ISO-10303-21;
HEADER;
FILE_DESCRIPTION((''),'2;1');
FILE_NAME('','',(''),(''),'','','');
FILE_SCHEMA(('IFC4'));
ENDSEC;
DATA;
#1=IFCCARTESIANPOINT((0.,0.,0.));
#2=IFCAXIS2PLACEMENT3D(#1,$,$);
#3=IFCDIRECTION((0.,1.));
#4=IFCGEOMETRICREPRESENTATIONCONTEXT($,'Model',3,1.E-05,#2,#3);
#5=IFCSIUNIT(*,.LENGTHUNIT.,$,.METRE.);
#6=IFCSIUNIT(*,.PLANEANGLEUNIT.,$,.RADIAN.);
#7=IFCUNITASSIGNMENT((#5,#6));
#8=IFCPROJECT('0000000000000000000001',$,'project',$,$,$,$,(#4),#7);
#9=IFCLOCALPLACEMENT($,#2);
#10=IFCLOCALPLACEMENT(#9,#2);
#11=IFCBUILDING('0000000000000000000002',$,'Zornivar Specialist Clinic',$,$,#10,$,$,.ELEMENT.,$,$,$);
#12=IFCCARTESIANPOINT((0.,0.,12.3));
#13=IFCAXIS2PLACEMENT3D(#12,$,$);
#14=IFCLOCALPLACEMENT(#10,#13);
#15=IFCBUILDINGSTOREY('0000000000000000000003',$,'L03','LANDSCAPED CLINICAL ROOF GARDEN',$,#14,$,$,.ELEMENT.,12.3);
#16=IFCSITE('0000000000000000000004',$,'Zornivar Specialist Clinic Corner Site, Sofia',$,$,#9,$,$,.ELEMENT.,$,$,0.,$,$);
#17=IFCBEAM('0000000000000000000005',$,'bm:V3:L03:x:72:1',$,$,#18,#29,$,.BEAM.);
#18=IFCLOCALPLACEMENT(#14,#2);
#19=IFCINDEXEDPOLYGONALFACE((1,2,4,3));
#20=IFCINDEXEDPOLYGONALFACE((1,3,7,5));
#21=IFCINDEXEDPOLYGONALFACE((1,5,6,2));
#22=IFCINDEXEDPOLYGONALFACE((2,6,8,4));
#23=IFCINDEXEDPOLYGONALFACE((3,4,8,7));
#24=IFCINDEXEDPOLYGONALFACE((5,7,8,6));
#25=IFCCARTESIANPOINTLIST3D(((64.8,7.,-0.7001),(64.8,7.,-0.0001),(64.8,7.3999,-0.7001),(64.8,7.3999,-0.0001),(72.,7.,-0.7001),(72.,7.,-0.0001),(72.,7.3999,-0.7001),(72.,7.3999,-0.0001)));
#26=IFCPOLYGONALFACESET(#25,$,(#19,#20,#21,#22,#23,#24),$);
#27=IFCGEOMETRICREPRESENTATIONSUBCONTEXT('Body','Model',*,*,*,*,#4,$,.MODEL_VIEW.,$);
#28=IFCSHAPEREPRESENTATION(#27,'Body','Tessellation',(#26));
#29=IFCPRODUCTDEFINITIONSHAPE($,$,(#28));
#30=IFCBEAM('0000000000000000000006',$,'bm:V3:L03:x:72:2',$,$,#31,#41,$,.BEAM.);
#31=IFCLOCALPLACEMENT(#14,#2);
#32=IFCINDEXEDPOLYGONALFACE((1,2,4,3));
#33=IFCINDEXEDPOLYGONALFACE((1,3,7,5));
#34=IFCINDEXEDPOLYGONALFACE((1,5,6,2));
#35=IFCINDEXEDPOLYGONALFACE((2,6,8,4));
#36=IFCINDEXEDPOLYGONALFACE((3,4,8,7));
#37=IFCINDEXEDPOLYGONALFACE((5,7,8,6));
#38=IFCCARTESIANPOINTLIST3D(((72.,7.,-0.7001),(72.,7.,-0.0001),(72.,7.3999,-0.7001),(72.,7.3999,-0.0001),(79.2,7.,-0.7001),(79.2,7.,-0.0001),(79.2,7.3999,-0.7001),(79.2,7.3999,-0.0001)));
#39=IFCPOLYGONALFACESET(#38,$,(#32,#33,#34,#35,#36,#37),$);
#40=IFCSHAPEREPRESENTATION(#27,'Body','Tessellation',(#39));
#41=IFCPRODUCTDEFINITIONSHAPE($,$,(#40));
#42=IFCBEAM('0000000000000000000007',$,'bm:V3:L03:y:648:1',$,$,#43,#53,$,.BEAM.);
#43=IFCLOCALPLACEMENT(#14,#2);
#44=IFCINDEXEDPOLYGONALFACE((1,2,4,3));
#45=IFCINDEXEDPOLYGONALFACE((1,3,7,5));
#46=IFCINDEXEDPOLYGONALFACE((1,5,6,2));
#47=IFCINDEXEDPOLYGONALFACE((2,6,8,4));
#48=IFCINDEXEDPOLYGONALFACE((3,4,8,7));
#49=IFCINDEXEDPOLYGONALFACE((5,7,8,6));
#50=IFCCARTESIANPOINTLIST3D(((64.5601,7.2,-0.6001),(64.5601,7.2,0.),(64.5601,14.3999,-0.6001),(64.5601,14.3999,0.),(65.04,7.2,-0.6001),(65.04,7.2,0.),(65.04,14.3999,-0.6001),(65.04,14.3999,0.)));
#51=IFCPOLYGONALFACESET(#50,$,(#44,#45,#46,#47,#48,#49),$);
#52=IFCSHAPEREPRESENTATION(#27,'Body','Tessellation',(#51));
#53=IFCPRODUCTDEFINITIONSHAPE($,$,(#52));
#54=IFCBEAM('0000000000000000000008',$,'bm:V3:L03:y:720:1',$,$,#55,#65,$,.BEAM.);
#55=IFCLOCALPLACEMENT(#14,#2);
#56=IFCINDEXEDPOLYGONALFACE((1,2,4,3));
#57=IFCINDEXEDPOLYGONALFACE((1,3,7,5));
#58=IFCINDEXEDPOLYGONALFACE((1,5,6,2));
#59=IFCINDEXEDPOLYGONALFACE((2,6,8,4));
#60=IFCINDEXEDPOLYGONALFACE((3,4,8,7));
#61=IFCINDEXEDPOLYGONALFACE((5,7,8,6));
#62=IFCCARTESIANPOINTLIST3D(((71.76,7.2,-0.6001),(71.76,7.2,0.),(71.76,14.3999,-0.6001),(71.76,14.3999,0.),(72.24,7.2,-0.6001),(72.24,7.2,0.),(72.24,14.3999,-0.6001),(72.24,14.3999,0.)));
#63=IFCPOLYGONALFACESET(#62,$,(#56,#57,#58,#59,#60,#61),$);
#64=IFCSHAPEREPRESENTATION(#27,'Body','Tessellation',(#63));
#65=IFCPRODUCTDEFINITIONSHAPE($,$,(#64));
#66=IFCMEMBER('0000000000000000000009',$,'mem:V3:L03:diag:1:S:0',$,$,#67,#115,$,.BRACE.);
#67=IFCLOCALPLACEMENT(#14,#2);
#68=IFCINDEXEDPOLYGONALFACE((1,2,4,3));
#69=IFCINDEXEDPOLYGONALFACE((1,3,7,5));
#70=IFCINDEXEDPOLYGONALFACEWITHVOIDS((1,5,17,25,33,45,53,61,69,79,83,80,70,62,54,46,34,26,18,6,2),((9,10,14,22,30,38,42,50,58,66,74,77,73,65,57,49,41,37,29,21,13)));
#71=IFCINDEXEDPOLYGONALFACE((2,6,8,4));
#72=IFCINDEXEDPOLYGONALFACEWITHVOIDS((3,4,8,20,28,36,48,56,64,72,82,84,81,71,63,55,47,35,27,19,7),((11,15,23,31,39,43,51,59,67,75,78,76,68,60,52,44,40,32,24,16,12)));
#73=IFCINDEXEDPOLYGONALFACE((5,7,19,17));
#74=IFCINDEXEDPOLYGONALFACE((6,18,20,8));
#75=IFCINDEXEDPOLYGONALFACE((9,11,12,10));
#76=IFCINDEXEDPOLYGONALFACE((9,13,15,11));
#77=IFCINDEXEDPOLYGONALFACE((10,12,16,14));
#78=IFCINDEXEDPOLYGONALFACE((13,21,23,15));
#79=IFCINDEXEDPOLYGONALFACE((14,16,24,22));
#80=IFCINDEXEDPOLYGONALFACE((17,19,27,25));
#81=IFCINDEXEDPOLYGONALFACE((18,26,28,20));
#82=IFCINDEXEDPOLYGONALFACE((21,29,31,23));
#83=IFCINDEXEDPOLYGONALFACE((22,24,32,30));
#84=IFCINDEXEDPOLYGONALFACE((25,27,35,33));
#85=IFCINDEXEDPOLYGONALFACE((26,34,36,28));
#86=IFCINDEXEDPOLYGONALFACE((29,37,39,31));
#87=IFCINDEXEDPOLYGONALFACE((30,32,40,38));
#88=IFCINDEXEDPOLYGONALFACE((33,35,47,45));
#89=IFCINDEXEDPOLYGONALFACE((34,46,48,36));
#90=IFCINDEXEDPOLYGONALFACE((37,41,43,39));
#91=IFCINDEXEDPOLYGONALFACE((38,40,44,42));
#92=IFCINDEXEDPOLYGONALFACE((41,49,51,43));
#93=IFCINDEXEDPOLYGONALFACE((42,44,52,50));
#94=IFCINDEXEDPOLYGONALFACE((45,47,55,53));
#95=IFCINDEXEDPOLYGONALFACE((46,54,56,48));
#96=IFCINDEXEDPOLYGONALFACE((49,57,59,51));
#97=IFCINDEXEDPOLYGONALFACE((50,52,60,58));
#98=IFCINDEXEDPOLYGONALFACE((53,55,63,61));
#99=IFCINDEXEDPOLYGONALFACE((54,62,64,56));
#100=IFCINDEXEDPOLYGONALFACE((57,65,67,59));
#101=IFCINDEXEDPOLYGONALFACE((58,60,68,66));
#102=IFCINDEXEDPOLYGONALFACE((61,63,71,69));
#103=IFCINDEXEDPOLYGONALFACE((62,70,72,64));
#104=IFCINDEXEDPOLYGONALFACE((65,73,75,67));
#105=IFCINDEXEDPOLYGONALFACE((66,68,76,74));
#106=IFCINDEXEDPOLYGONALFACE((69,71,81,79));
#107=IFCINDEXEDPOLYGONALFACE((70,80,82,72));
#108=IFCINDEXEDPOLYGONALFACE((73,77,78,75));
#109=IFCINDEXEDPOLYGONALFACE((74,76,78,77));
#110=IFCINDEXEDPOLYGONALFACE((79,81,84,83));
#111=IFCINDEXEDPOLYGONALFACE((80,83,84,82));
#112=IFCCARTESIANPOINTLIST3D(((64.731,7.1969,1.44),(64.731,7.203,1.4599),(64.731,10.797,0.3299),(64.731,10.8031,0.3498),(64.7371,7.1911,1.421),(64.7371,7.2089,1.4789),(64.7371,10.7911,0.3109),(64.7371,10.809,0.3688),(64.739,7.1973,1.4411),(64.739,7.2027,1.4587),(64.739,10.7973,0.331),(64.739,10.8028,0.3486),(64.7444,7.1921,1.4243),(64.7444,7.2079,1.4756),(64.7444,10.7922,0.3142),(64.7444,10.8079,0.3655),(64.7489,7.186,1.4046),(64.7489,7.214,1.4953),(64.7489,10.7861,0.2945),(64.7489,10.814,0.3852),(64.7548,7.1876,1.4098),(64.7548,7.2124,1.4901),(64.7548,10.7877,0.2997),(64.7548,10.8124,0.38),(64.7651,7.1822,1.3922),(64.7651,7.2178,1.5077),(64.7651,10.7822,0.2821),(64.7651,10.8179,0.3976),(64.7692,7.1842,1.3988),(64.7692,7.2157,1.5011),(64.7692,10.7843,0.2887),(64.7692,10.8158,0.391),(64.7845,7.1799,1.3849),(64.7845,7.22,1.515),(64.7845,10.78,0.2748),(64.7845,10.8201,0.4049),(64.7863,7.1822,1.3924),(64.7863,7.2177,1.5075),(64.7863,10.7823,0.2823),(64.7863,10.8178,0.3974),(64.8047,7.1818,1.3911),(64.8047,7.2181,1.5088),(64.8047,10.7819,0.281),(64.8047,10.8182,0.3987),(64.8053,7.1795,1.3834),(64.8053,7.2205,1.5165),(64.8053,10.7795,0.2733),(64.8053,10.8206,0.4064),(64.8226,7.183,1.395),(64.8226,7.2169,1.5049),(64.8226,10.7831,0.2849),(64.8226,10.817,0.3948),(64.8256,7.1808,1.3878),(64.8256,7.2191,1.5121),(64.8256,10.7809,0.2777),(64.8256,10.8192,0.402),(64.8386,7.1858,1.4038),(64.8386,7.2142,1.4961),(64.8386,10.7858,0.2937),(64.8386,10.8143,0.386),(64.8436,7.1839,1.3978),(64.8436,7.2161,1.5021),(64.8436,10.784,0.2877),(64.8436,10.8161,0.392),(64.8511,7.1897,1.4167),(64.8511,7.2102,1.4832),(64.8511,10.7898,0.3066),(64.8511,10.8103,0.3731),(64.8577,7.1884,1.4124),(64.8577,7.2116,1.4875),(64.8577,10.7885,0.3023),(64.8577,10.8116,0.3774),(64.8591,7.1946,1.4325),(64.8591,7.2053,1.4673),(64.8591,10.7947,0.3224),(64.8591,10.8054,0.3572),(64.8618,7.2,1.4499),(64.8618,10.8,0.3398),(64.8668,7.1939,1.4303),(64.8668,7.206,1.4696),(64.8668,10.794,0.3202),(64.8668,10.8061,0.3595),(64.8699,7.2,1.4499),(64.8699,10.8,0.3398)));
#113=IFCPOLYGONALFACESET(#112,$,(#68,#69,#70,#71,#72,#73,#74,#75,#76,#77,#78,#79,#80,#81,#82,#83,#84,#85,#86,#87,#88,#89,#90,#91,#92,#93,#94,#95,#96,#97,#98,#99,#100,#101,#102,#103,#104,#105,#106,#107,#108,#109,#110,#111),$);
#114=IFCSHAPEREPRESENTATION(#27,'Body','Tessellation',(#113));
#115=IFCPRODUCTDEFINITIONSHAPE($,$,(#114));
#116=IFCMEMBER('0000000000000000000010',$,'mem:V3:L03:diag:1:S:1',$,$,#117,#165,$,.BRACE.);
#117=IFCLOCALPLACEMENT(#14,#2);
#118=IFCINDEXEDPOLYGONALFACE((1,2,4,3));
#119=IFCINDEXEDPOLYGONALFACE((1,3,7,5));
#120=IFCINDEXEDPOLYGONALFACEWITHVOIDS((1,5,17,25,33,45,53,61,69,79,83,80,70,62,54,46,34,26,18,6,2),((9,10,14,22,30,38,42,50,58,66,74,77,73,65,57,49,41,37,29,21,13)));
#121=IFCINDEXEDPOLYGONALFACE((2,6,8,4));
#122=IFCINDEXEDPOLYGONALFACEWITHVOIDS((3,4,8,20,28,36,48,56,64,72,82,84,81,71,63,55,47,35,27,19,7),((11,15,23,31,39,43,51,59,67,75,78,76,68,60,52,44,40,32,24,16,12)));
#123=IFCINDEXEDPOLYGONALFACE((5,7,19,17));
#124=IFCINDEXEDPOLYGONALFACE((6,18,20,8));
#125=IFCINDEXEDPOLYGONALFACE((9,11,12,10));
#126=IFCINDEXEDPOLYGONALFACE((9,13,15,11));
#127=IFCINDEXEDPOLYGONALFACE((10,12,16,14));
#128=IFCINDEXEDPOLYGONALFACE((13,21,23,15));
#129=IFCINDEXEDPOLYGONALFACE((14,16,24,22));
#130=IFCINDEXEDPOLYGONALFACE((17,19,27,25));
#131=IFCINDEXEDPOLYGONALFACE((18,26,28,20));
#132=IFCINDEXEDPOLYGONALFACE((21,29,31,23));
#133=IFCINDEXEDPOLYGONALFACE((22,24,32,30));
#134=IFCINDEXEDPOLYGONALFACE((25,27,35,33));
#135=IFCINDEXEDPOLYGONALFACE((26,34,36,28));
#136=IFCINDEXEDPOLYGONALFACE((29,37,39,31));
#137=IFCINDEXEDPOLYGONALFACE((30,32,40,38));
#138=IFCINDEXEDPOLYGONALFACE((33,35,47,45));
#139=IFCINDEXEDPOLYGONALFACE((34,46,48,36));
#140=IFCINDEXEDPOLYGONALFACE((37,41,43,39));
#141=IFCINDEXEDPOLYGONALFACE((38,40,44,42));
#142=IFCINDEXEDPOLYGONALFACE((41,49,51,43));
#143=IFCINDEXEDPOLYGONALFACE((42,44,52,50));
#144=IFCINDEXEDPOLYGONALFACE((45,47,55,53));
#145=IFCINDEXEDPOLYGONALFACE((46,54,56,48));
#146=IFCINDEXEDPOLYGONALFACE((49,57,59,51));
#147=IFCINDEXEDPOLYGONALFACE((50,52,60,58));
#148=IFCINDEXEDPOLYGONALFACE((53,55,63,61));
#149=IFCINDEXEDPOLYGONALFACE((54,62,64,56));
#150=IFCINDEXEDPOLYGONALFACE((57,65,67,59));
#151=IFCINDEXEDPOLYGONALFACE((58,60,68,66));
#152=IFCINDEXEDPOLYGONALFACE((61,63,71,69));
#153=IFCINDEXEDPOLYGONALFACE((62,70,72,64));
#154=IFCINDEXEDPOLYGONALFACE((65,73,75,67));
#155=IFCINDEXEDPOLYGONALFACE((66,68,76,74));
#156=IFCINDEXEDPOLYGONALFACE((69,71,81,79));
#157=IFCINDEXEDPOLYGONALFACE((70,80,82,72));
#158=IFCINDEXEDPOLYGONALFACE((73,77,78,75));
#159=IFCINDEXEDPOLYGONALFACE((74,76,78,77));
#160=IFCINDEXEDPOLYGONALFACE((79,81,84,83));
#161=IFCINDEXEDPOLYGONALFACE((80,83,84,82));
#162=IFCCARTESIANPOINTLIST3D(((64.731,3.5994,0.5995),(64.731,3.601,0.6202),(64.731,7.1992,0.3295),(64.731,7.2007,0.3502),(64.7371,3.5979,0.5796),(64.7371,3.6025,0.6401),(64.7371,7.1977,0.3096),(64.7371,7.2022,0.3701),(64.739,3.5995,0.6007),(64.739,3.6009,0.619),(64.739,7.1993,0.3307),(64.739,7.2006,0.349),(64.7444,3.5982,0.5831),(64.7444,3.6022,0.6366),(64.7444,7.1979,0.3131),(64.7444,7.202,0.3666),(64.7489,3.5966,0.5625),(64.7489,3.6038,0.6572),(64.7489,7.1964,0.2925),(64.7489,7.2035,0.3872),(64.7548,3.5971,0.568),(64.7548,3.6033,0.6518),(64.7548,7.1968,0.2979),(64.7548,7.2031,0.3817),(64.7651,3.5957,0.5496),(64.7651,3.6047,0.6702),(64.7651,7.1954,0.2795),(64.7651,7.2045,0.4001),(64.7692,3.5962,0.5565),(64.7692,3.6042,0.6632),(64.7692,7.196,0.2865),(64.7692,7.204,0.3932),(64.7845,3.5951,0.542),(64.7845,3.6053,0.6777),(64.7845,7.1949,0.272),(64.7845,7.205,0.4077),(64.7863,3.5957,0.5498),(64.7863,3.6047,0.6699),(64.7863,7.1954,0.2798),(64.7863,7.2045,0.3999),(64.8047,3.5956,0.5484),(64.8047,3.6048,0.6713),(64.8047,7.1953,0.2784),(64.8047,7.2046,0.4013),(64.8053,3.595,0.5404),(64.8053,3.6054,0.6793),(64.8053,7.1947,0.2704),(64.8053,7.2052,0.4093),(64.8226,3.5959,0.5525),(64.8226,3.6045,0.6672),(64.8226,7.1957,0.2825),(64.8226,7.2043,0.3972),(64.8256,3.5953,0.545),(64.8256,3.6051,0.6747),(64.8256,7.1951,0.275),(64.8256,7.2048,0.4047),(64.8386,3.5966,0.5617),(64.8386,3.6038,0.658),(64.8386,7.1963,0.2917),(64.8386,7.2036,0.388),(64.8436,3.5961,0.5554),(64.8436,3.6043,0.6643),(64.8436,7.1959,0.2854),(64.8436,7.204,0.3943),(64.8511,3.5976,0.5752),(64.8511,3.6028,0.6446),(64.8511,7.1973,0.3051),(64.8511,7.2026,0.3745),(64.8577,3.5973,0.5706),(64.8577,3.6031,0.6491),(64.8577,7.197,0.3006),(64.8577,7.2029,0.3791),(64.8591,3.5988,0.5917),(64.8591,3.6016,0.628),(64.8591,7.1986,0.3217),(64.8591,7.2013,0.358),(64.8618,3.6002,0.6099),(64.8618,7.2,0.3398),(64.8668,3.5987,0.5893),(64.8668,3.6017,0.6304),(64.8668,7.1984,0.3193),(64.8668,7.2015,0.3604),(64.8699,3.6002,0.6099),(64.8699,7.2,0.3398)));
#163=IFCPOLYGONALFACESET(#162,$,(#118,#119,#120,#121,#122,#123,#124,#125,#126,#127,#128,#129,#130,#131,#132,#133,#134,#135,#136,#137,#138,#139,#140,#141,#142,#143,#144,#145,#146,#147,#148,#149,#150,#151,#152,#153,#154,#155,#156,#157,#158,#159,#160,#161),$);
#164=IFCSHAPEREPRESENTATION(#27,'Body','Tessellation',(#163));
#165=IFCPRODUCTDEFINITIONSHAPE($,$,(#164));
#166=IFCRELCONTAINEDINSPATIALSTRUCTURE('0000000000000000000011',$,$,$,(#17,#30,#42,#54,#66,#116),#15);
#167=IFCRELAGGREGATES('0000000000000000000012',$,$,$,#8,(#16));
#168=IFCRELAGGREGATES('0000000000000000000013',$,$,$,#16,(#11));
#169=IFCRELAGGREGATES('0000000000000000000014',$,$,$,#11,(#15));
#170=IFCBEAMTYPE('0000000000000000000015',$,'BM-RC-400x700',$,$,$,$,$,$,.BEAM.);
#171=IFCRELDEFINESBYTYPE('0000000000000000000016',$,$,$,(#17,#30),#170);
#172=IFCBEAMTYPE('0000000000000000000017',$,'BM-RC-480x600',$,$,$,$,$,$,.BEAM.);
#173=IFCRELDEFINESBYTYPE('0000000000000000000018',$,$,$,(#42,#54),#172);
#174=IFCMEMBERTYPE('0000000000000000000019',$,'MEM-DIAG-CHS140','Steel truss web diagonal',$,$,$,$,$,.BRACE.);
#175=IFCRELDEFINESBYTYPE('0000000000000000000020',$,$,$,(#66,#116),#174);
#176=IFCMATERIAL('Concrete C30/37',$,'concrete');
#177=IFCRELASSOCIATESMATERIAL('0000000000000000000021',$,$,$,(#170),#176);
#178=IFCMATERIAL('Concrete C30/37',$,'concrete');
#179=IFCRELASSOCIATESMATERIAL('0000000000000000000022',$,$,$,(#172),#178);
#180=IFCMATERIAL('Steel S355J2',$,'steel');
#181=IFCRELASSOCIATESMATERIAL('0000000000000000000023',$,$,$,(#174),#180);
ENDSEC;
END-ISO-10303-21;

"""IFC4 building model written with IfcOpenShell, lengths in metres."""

from ifc_helpers import new_model, si_unit, direction, frame, origin, origin_2d, place, context, subcontext, project, spatial, rectangle, hollow_circle, extrude, material, material_profile, profile_set, type_object, element, save


model = new_model("IFC4")

# Units and contexts
model_context = context("Model", 3, precision=1e-05, world=origin(), true_north=direction((0.0, 1.0)))
body_context = subcontext(model_context, "Body", "Model", "MODEL_VIEW")
ifc_project = project(units=[si_unit("LENGTHUNIT", "METRE"), si_unit("PLANEANGLEUNIT", "RADIAN")], contexts=[model_context])

# Site, building, storey
site_placement = place(None, origin())
site = spatial("IfcSite", under=ifc_project, at=site_placement, Name="Zornivar Specialist Clinic Corner Site, Sofia", CompositionType="ELEMENT", RefElevation=0.0)
building_placement = place(site_placement, origin())
building = spatial("IfcBuilding", under=site, at=building_placement, Name="Zornivar Specialist Clinic", CompositionType="ELEMENT")
storey_placement = place(building_placement, frame((0.0, 0.0, 12.3)))
storey = spatial("IfcBuildingStorey", under=building, at=storey_placement, Name="L03", Description="LANDSCAPED CLINICAL ROOF GARDEN", CompositionType="ELEMENT", Elevation=12.3)

# Beams
ifc_material_1 = material(Name="Concrete C30/37", Category="concrete")
ifc_material_profile_1 = material_profile(ifc_material_1, rectangle(XDim=0.3999, YDim=0.7, at=origin_2d()), Name="RC 400x700")
ifc_profile_set_1 = profile_set([ifc_material_profile_1], Name="Concrete C30/37")
beam_type_1 = type_object("IfcBeamType", Name="BM-RC-400x700", PredefinedType="BEAM", material=ifc_profile_set_1)
for number, where, z_axis, x_axis, name in (
    (1, (64.8, 7.2, -0.3501), (1.0, 0.0, 0.0), (0.0, 1.0, 0.0), "bm:V3:L03:x:72:1"),
    (2, (72.0, 7.2, -0.3501), (1.0, 0.0, 0.0), (0.0, 1.0, 0.0), "bm:V3:L03:x:72:2"),
):
    element("IfcBeam", number, at=place(storey_placement, frame(where, z_axis=z_axis, x_axis=x_axis)), inside=storey, type_object=beam_type_1, Name=name, PredefinedType="BEAM", context=body_context, shape_type="SweptSolid", body=[
        extrude(rectangle(XDim=0.3999, YDim=0.7, at=origin_2d()), origin(), (0.0, 0.0, 1.0), 7.2),
    ])
ifc_material_2 = material(Name="Concrete C30/37", Category="concrete")
ifc_material_profile_2 = material_profile(ifc_material_2, rectangle(XDim=0.48, YDim=0.6001, at=origin_2d()), Name="RC 480x600")
ifc_profile_set_2 = profile_set([ifc_material_profile_2], Name="Concrete C30/37")
beam_type_2 = type_object("IfcBeamType", Name="BM-RC-480x600", PredefinedType="BEAM", material=ifc_profile_set_2)
for number, where, z_axis, x_axis, name in (
    (3, (64.8, 7.2, -0.3), (0.0, 1.0, 0.0), (-1.0, 0.0, 0.0), "bm:V3:L03:y:648:1"),
    (4, (72.0, 7.2, -0.3), (0.0, 1.0, 0.0), (-1.0, 0.0, 0.0), "bm:V3:L03:y:720:1"),
):
    element("IfcBeam", number, at=place(storey_placement, frame(where, z_axis=z_axis, x_axis=x_axis)), inside=storey, type_object=beam_type_2, Name=name, PredefinedType="BEAM", context=body_context, shape_type="SweptSolid", body=[
        extrude(rectangle(XDim=0.48, YDim=0.6001, at=origin_2d()), origin(), (0.0, 0.0, 1.0), 7.2),
    ])

# Members
ifc_material_3 = material(Name="Steel S355J2", Category="steel")
ifc_material_profile_3 = material_profile(ifc_material_3, hollow_circle(Radius=0.0698, WallThickness=0.0081, at=origin_2d()), Name="CHS 139.7x8")
ifc_profile_set_3 = profile_set([ifc_material_profile_3], Name="Steel S355J2")
member_type_1 = type_object("IfcMemberType", Name="MEM-DIAG-CHS140", Description="Steel truss web diagonal", PredefinedType="BRACE", material=ifc_profile_set_3)
member_1_placement = place(storey_placement, frame((64.8, 10.8, 0.3398), z_axis=(0.0, -0.955601, 0.294664), x_axis=(1.0, 0.0, 0.0)))
element("IfcMember", 5, at=member_1_placement, inside=storey, type_object=member_type_1, Name="mem:V3:L03:diag:1:S:0", PredefinedType="BRACE", context=body_context, shape_type="SweptSolid", body=[
    extrude(hollow_circle(Radius=0.0698, WallThickness=0.0081, at=origin_2d()), origin(), (0.0, 0.0, 1.0), 3.7673),
])
member_2_placement = place(storey_placement, frame((64.8, 7.2, 0.3398), z_axis=(0.0, -0.997199, 0.074798), x_axis=(1.0, 0.0, 0.0)))
element("IfcMember", 6, at=member_2_placement, inside=storey, type_object=member_type_1, Name="mem:V3:L03:diag:1:S:1", PredefinedType="BRACE", context=body_context, shape_type="SweptSolid", body=[
    extrude(hollow_circle(Radius=0.0698, WallThickness=0.0081, at=origin_2d()), origin(), (0.0, 0.0, 1.0), 3.6099),
])

save(model, "model.ifc")
